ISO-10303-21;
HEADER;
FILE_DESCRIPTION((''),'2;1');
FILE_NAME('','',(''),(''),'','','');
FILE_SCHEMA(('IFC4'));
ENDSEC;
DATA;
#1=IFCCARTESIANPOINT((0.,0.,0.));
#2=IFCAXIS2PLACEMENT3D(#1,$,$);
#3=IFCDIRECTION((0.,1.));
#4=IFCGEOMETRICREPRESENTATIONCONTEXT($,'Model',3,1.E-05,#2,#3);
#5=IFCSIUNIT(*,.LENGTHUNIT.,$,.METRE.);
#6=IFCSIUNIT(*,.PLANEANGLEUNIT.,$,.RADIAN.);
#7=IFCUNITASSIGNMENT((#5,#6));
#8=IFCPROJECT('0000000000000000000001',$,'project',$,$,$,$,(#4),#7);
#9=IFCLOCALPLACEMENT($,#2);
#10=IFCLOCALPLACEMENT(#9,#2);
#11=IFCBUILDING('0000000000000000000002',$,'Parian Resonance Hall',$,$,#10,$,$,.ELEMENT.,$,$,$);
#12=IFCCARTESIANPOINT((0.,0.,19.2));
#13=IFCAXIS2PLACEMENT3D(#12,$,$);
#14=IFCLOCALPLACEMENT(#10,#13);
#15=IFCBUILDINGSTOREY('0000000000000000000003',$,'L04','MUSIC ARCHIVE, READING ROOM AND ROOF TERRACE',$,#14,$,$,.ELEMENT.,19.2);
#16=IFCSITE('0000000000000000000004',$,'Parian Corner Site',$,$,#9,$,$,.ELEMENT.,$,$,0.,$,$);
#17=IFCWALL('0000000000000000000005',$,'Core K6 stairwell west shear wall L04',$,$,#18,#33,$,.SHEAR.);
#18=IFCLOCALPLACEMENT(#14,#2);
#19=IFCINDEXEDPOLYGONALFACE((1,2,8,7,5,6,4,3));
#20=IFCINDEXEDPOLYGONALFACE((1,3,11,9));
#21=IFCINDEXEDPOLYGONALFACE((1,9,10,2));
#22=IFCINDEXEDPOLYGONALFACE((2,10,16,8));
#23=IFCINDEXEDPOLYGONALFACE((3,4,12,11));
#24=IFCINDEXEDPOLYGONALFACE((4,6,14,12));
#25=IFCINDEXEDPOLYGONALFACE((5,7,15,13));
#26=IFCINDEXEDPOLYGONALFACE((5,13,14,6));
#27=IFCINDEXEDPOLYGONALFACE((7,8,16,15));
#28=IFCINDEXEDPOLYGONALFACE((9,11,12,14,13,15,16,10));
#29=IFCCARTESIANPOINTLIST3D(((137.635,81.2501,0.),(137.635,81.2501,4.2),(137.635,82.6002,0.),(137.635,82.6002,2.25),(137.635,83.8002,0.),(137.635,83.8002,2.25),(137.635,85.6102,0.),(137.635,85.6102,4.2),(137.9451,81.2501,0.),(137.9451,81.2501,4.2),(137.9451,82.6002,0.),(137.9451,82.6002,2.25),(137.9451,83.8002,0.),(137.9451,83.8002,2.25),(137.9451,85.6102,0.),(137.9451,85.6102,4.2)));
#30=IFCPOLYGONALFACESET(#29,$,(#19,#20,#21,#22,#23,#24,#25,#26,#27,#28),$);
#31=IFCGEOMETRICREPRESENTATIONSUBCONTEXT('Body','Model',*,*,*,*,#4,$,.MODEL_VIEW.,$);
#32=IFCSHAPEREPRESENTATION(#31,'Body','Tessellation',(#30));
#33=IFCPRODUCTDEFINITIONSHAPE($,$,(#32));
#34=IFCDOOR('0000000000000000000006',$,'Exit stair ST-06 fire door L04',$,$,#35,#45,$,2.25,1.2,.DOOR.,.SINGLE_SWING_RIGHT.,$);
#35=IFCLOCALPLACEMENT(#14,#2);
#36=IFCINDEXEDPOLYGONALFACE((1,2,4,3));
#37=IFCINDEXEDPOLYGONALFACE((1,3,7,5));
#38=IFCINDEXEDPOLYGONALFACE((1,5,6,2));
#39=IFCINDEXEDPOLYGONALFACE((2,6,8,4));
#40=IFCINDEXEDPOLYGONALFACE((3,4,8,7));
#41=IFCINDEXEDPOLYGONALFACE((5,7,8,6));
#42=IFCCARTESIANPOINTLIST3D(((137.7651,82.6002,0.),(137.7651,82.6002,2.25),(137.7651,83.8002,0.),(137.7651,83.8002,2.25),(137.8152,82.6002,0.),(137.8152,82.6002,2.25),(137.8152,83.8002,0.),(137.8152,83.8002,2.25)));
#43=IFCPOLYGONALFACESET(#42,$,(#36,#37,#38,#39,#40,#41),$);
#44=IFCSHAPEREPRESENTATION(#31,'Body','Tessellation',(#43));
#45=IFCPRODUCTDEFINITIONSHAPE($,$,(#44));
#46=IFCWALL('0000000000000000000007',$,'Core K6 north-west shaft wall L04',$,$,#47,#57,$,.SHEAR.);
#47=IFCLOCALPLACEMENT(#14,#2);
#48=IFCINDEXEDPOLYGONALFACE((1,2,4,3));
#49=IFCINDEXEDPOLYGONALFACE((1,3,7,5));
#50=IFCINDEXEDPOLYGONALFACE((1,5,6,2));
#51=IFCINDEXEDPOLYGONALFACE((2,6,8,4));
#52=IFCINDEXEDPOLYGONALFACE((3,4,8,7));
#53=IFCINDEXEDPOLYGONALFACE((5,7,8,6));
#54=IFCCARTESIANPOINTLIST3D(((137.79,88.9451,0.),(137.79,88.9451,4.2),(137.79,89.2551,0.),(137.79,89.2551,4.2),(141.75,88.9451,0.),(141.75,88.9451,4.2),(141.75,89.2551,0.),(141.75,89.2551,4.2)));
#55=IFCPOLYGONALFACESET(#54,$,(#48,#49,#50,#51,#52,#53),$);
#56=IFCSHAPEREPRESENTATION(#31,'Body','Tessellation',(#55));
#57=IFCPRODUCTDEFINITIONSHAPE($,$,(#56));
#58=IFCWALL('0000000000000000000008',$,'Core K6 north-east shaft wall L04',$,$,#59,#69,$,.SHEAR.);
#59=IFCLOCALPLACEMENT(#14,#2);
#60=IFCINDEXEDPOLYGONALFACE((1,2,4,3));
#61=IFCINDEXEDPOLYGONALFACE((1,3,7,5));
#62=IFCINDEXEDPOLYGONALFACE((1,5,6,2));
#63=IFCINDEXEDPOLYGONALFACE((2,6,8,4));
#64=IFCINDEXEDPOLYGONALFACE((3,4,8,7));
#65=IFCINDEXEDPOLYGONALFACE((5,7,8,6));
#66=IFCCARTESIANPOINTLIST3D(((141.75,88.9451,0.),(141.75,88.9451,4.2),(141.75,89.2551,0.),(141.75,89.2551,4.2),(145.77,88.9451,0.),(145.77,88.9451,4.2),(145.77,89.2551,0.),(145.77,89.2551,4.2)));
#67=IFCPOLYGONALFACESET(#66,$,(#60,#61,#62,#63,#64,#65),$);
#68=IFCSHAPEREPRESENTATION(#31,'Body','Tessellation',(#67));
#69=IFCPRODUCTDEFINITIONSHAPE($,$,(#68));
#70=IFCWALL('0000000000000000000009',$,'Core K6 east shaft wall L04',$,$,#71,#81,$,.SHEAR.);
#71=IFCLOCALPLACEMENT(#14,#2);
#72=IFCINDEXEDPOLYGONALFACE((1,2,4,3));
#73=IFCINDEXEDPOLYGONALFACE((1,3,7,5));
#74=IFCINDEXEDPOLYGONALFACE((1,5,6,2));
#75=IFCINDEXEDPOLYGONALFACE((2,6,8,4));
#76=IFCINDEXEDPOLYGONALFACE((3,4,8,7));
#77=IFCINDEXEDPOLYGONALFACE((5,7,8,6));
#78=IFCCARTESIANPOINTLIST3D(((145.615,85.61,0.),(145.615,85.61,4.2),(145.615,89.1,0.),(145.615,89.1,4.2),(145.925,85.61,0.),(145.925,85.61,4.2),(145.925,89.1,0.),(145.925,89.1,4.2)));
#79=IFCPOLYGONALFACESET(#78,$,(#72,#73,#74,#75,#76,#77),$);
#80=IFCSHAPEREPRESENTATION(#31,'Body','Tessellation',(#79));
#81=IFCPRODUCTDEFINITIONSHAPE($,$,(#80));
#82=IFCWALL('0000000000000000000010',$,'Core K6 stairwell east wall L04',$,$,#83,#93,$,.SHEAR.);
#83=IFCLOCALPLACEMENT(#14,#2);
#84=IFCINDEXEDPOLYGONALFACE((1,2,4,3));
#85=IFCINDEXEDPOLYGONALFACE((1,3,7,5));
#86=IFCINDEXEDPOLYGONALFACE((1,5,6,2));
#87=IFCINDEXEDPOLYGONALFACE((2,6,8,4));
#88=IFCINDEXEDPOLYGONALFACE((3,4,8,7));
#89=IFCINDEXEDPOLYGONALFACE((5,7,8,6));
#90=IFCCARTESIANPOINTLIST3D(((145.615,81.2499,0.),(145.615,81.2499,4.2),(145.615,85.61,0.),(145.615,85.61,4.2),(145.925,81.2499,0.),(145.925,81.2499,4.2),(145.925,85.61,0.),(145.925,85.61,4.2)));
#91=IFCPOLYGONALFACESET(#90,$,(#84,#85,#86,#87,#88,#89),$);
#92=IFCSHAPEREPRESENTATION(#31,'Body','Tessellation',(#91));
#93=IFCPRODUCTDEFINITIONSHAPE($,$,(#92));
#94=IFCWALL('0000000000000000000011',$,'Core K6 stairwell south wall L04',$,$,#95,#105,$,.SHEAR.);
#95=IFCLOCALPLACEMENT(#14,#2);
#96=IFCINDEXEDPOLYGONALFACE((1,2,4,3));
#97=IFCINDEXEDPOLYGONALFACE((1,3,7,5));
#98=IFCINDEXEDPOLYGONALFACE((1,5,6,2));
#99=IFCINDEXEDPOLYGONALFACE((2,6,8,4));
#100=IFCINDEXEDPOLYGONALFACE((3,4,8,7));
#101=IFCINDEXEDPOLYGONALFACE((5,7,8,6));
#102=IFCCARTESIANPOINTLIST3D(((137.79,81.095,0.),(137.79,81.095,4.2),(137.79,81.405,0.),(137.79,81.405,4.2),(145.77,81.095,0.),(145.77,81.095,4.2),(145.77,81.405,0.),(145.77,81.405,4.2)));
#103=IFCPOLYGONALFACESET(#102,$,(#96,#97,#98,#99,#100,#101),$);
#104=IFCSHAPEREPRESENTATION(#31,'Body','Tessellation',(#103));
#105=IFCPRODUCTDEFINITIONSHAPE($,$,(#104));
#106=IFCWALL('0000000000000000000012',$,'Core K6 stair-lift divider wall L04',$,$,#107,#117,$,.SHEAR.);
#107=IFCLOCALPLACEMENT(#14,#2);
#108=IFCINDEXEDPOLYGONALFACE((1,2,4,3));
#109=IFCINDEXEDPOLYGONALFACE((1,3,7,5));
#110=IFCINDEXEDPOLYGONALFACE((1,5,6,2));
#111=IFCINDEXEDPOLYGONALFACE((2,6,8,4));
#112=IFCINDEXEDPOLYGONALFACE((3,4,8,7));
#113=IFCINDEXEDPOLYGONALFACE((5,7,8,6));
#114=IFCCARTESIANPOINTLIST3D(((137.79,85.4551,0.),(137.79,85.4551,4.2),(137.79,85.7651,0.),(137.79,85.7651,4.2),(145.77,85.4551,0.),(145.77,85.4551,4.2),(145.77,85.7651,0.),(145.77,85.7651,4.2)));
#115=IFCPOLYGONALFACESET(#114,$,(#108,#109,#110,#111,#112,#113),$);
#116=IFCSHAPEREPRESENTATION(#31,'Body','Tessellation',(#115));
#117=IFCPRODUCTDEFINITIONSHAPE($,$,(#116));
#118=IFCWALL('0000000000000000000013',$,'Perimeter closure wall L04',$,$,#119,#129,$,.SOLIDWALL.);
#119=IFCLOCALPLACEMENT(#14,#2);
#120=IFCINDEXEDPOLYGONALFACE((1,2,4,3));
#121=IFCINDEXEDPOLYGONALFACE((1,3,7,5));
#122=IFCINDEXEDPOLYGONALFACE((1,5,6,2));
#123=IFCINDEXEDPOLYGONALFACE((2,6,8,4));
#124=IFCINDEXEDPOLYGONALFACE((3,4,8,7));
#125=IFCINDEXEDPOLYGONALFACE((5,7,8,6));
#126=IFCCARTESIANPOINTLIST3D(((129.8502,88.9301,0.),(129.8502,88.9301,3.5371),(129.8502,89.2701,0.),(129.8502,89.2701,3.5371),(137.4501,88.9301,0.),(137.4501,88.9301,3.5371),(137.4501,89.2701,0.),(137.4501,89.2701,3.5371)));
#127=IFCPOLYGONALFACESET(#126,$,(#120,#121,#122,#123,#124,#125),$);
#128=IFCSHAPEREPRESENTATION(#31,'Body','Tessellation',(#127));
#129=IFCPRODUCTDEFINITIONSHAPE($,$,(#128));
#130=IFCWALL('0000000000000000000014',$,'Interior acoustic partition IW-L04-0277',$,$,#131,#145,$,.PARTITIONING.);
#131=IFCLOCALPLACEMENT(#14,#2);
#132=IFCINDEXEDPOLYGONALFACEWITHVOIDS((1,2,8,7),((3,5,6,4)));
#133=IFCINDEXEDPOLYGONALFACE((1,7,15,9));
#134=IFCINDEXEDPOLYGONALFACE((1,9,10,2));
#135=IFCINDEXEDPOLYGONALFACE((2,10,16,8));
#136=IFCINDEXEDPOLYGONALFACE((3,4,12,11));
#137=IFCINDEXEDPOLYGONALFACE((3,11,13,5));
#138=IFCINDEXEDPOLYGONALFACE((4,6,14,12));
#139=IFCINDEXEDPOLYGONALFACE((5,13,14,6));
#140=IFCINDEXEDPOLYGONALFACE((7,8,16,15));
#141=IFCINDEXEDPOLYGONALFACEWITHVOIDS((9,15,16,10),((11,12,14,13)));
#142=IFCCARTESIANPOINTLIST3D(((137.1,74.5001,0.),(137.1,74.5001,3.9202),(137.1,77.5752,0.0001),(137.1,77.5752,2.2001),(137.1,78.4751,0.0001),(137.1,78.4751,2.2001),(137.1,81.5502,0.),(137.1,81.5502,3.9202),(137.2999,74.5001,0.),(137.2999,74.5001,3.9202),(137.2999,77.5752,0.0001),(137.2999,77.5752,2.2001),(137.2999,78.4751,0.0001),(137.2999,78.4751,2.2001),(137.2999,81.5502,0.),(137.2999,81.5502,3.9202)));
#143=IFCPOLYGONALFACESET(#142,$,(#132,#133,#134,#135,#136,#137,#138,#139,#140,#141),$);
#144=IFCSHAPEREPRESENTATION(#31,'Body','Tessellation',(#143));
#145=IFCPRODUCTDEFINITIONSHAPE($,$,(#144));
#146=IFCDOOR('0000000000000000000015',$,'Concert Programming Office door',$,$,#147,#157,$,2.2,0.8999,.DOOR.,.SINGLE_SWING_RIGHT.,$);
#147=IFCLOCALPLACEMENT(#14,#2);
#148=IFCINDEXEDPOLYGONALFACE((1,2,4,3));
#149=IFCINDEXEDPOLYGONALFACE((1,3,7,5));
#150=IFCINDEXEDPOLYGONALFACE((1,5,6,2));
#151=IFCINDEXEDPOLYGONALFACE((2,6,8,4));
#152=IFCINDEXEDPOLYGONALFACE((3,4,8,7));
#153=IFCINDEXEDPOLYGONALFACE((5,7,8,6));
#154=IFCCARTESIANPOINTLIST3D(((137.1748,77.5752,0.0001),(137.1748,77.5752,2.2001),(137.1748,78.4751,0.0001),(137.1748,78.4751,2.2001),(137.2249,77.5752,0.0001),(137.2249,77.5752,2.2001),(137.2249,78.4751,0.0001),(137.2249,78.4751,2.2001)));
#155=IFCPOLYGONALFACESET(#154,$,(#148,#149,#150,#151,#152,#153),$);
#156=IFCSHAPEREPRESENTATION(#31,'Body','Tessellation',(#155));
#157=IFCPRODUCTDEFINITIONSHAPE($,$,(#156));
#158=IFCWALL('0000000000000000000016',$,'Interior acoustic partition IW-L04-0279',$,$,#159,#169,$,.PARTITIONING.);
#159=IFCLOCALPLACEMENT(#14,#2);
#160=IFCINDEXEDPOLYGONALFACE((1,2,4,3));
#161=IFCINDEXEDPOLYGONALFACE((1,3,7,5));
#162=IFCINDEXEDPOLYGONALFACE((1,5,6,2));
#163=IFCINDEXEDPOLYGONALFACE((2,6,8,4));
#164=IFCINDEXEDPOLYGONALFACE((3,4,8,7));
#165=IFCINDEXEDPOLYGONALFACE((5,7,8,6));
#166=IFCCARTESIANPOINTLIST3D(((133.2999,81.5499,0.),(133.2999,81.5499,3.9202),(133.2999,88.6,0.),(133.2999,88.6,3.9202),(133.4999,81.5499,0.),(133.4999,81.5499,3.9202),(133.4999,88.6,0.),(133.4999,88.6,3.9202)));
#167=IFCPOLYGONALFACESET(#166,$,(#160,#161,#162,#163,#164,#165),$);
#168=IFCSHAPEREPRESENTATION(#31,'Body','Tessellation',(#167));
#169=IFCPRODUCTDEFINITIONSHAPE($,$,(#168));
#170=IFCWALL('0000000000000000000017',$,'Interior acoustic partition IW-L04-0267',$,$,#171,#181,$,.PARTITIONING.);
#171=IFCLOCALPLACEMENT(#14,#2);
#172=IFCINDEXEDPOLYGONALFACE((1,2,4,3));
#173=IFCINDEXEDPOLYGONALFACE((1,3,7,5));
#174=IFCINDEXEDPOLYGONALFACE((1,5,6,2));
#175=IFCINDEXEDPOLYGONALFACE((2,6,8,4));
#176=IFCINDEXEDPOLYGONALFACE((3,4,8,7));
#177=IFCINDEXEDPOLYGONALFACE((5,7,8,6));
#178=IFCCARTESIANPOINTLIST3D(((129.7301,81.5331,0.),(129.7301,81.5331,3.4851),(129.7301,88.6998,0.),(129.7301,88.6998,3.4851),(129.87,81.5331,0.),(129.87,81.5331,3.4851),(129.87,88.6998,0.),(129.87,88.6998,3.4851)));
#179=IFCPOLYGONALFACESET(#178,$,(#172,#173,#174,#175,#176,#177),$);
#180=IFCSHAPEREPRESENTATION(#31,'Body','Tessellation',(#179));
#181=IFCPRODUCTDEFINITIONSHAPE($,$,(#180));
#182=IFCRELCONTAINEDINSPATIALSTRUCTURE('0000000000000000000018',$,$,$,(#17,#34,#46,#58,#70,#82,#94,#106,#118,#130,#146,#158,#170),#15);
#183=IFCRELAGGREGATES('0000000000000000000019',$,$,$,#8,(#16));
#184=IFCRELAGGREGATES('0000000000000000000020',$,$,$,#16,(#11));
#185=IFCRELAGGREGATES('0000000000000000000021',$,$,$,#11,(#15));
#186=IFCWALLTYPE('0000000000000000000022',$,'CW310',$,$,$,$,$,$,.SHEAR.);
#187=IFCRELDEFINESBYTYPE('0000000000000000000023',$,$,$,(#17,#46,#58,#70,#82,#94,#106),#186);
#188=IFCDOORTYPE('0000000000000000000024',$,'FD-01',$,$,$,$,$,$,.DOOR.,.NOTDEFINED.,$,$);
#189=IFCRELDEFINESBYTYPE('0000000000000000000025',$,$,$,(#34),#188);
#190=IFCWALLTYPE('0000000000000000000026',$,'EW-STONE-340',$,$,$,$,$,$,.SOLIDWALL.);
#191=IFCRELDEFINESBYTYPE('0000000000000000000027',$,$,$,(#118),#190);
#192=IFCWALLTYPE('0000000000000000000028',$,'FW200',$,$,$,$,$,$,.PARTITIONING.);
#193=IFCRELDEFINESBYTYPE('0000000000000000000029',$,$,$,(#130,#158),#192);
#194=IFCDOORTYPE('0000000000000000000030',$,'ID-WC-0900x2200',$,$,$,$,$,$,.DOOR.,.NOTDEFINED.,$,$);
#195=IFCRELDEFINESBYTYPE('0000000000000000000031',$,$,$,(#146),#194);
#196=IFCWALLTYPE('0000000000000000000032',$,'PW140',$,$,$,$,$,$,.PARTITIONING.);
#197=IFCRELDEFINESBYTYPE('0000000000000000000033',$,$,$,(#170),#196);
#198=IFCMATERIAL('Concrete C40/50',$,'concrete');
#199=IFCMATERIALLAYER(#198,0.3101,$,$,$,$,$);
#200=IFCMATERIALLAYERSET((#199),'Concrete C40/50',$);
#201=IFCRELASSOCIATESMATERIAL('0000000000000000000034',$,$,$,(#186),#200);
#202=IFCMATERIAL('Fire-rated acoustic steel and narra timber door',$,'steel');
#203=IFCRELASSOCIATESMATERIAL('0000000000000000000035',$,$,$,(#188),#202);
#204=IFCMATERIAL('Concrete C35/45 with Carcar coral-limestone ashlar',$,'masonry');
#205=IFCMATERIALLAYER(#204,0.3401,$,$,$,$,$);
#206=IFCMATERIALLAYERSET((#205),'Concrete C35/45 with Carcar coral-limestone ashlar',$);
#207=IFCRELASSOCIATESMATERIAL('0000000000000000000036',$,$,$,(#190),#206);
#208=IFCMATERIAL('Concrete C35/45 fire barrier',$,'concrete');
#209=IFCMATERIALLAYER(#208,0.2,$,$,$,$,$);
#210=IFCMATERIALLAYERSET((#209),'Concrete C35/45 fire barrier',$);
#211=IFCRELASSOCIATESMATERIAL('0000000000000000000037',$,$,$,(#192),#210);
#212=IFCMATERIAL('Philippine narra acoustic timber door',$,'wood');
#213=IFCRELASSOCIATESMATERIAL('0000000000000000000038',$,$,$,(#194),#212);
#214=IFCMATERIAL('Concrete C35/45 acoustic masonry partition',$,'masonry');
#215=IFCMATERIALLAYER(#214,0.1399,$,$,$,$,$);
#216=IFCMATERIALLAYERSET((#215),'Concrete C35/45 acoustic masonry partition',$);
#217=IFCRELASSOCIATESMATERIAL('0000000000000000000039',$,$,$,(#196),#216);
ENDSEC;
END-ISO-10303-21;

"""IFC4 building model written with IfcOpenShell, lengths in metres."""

from ifc_helpers import new_model, si_unit, direction, frame, frame_2d, origin, place, context, subcontext, project, spatial, rectangle, extrude, material, layer, layer_set, type_object, element, fill, save


model = new_model("IFC4")

# Units and contexts
model_context = context("Model", 3, precision=1e-05, world=origin(), true_north=direction((0.0, 1.0)))
body_context = subcontext(model_context, "Body", "Model", "MODEL_VIEW")
ifc_project = project(units=[si_unit("LENGTHUNIT", "METRE"), si_unit("PLANEANGLEUNIT", "RADIAN")], contexts=[model_context])

# Site, building, storey
site_placement = place(None, origin())
site = spatial("IfcSite", under=ifc_project, at=site_placement, Name="Parian Corner Site", CompositionType="ELEMENT", RefElevation=0.0)
building_placement = place(site_placement, origin())
building = spatial("IfcBuilding", under=site, at=building_placement, Name="Parian Resonance Hall", CompositionType="ELEMENT")
storey_placement = place(building_placement, frame((0.0, 0.0, 19.2)))
storey = spatial("IfcBuildingStorey", under=building, at=storey_placement, Name="L04", Description="MUSIC ARCHIVE, READING ROOM AND ROOF TERRACE", CompositionType="ELEMENT", Elevation=19.2)

# Wall, opening, door
ifc_material_1 = material(Name="Concrete C40/50", Category="concrete")
ifc_layer_1 = layer(ifc_material_1, 0.3101)
ifc_layer_set_1 = layer_set([ifc_layer_1], Name="Concrete C40/50")
wall_type_1 = type_object("IfcWallType", Name="CW310", PredefinedType="SHEAR", material=ifc_layer_set_1)
wall_1_placement = place(storey_placement, frame((137.79, 81.25, 0.0), z_axis=(0.0, 0.0, 1.0), x_axis=(0.0, 1.0, 0.0)))
wall_1 = element("IfcWall", 1, at=wall_1_placement, inside=storey, type_object=wall_type_1, Name="Core K6 stairwell west shear wall L04", PredefinedType="SHEAR", context=body_context, shape_type="SweptSolid", body=[
    extrude(rectangle(XDim=4.3601, YDim=0.3101, at=frame_2d((2.1802, 0.0))), origin(), (0.0, 0.0, 1.0), 4.2),
])
opening_1_placement = place(wall_1_placement, frame((1.3501, 0.0, 0.0)))
opening_1 = element("IfcOpeningElement", 2, at=opening_1_placement, cuts=wall_1, PredefinedType="OPENING", context=body_context, shape_type="SweptSolid", body=[
    extrude(rectangle(XDim=1.2, YDim=2.25, at=frame_2d((0.6001, 1.125))), frame((0.0, 0.165, 0.0), z_axis=(0.0, -1.0, 0.0), x_axis=(1.0, 0.0, 0.0)), (0.0, 0.0, 1.0), 0.3301),
])
ifc_material_2 = material(Name="Fire-rated acoustic steel and narra timber door", Category="steel")
door_type_1 = type_object("IfcDoorType", Name="FD-01", OperationType="NOTDEFINED", PredefinedType="DOOR", material=ifc_material_2)
door_1_placement = place(opening_1_placement, origin())
door_1 = element("IfcDoor", 3, at=door_1_placement, inside=storey, type_object=door_type_1, Name="Exit stair ST-06 fire door L04", OperationType="SINGLE_SWING_RIGHT", OverallHeight=2.25, OverallWidth=1.2, PredefinedType="DOOR", context=body_context, shape_type="SweptSolid", body=[
    extrude(rectangle(XDim=1.2, YDim=2.25, at=frame_2d((0.6001, 1.125))), frame((0.0, 0.0249, 0.0), z_axis=(0.0, -1.0, 0.0), x_axis=(1.0, 0.0, 0.0)), (0.0, 0.0, 1.0), 0.05),
])
fill(opening_1, door_1)

# Walls
wall_2_placement = place(storey_placement, frame((137.79, 89.1001, 0.0), z_axis=(0.0, 0.0, 1.0), x_axis=(1.0, 0.0, 0.0)))
element("IfcWall", 4, at=wall_2_placement, inside=storey, type_object=wall_type_1, Name="Core K6 north-west shaft wall L04", PredefinedType="SHEAR", context=body_context, shape_type="SweptSolid", body=[
    extrude(rectangle(XDim=3.96, YDim=0.3101, at=frame_2d((1.98, 0.0))), origin(), (0.0, 0.0, 1.0), 4.2),
])
wall_3_placement = place(storey_placement, frame((141.75, 89.1001, 0.0), z_axis=(0.0, 0.0, 1.0), x_axis=(1.0, 0.0, 0.0)))
element("IfcWall", 5, at=wall_3_placement, inside=storey, type_object=wall_type_1, Name="Core K6 north-east shaft wall L04", PredefinedType="SHEAR", context=body_context, shape_type="SweptSolid", body=[
    extrude(rectangle(XDim=4.02, YDim=0.3101, at=frame_2d((2.01, 0.0))), origin(), (0.0, 0.0, 1.0), 4.2),
])
wall_4_placement = place(storey_placement, frame((145.77, 89.1001, 0.0), z_axis=(0.0, 0.0, 1.0), x_axis=(0.0, -1.0, 0.0)))
element("IfcWall", 6, at=wall_4_placement, inside=storey, type_object=wall_type_1, Name="Core K6 east shaft wall L04", PredefinedType="SHEAR", context=body_context, shape_type="SweptSolid", body=[
    extrude(rectangle(XDim=3.49, YDim=0.3101, at=frame_2d((1.7451, 0.0))), origin(), (0.0, 0.0, 1.0), 4.2),
])
wall_5_placement = place(storey_placement, frame((145.77, 85.6101, 0.0), z_axis=(0.0, 0.0, 1.0), x_axis=(0.0, -1.0, 0.0)))
element("IfcWall", 7, at=wall_5_placement, inside=storey, type_object=wall_type_1, Name="Core K6 stairwell east wall L04", PredefinedType="SHEAR", context=body_context, shape_type="SweptSolid", body=[
    extrude(rectangle(XDim=4.3601, YDim=0.3101, at=frame_2d((2.1802, 0.0))), origin(), (0.0, 0.0, 1.0), 4.2),
])
for number, where, z_axis, x_axis, name in (
    (8, (145.77, 81.25, 0.0), (0.0, 0.0, 1.0), (-1.0, 0.0, 0.0), "Core K6 stairwell south wall L04"),
    (9, (137.79, 85.6101, 0.0), (0.0, 0.0, 1.0), (1.0, 0.0, 0.0), "Core K6 stair-lift divider wall L04"),
):
    element("IfcWall", number, at=place(storey_placement, frame(where, z_axis=z_axis, x_axis=x_axis)), inside=storey, type_object=wall_type_1, Name=name, PredefinedType="SHEAR", context=body_context, shape_type="SweptSolid", body=[
        extrude(rectangle(XDim=7.98, YDim=0.3101, at=frame_2d((3.99, 0.0))), origin(), (0.0, 0.0, 1.0), 4.2),
    ])
ifc_material_3 = material(Name="Concrete C35/45 with Carcar coral-limestone ashlar", Category="masonry")
ifc_layer_2 = layer(ifc_material_3, 0.3401)
ifc_layer_set_2 = layer_set([ifc_layer_2], Name="Concrete C35/45 with Carcar coral-limestone ashlar")
wall_type_2 = type_object("IfcWallType", Name="EW-STONE-340", PredefinedType="SOLIDWALL", material=ifc_layer_set_2)
wall_6_placement = place(storey_placement, frame((137.45, 89.1001, 0.0), z_axis=(0.0, 0.0, 1.0), x_axis=(-1.0, 0.0, 0.0)))
element("IfcWall", 10, at=wall_6_placement, inside=storey, type_object=wall_type_2, Name="Perimeter closure wall L04", PredefinedType="SOLIDWALL", context=body_context, shape_type="SweptSolid", body=[
    extrude(rectangle(XDim=7.5999, YDim=0.3401, at=frame_2d((3.7998, 0.0))), origin(), (0.0, 0.0, 1.0), 3.5371),
])

# Wall, opening, door
ifc_material_4 = material(Name="Concrete C35/45 fire barrier", Category="concrete")
ifc_layer_3 = layer(ifc_material_4, 0.2)
ifc_layer_set_3 = layer_set([ifc_layer_3], Name="Concrete C35/45 fire barrier")
wall_type_3 = type_object("IfcWallType", Name="FW200", PredefinedType="PARTITIONING", material=ifc_layer_set_3)
wall_7_placement = place(storey_placement, frame((137.2, 81.55, 0.0), z_axis=(0.0, 0.0, 1.0), x_axis=(0.0, -1.0, 0.0)))
wall_7 = element("IfcWall", 11, at=wall_7_placement, inside=storey, type_object=wall_type_3, Name="Interior acoustic partition IW-L04-0277", PredefinedType="PARTITIONING", context=body_context, shape_type="SweptSolid", body=[
    extrude(rectangle(XDim=7.05, YDim=0.2, at=frame_2d((3.5249, 0.0))), origin(), (0.0, 0.0, 1.0), 3.9202),
])
opening_2_placement = place(wall_7_placement, frame((3.075, 0.0, 0.0)))
opening_2 = element("IfcOpeningElement", 12, at=opening_2_placement, cuts=wall_7, PredefinedType="OPENING", context=body_context, shape_type="SweptSolid", body=[
    extrude(rectangle(XDim=0.8999, YDim=2.2, at=frame_2d((0.45, 1.1001))), frame((0.0, 0.1099, 0.0), z_axis=(0.0, -1.0, 0.0), x_axis=(1.0, 0.0, 0.0)), (0.0, 0.0, 1.0), 0.22),
])
ifc_material_5 = material(Name="Philippine narra acoustic timber door", Category="wood")
door_type_2 = type_object("IfcDoorType", Name="ID-WC-0900x2200", OperationType="NOTDEFINED", PredefinedType="DOOR", material=ifc_material_5)
door_2_placement = place(opening_2_placement, origin())
door_2 = element("IfcDoor", 13, at=door_2_placement, inside=storey, type_object=door_type_2, Name="Concert Programming Office door", OperationType="SINGLE_SWING_RIGHT", OverallHeight=2.2, OverallWidth=0.8999, PredefinedType="DOOR", context=body_context, shape_type="SweptSolid", body=[
    extrude(rectangle(XDim=0.8999, YDim=2.2, at=frame_2d((0.45, 1.1001))), frame((0.0, 0.0249, 0.0), z_axis=(0.0, -1.0, 0.0), x_axis=(1.0, 0.0, 0.0)), (0.0, 0.0, 1.0), 0.05),
])
fill(opening_2, door_2)

# Walls
wall_8_placement = place(storey_placement, frame((133.3999, 81.55, 0.0), z_axis=(0.0, 0.0, 1.0), x_axis=(0.0, 1.0, 0.0)))
element("IfcWall", 14, at=wall_8_placement, inside=storey, type_object=wall_type_3, Name="Interior acoustic partition IW-L04-0279", PredefinedType="PARTITIONING", context=body_context, shape_type="SweptSolid", body=[
    extrude(rectangle(XDim=7.05, YDim=0.2, at=frame_2d((3.5249, 0.0))), origin(), (0.0, 0.0, 1.0), 3.9202),
])
ifc_material_6 = material(Name="Concrete C35/45 acoustic masonry partition", Category="masonry")
ifc_layer_4 = layer(ifc_material_6, 0.1399)
ifc_layer_set_4 = layer_set([ifc_layer_4], Name="Concrete C35/45 acoustic masonry partition")
wall_type_4 = type_object("IfcWallType", Name="PW140", PredefinedType="PARTITIONING", material=ifc_layer_set_4)
wall_9_placement = place(storey_placement, frame((129.8, 88.7, 0.0), z_axis=(0.0, 0.0, 1.0), x_axis=(0.0, -1.0, 0.0)))
element("IfcWall", 15, at=wall_9_placement, inside=storey, type_object=wall_type_4, Name="Interior acoustic partition IW-L04-0267", PredefinedType="PARTITIONING", context=body_context, shape_type="SweptSolid", body=[
    extrude(rectangle(XDim=7.1667, YDim=0.1399, at=frame_2d((3.5835, 0.0))), origin(), (0.0, 0.0, 1.0), 3.4851),
])

save(model, "model.ifc")
